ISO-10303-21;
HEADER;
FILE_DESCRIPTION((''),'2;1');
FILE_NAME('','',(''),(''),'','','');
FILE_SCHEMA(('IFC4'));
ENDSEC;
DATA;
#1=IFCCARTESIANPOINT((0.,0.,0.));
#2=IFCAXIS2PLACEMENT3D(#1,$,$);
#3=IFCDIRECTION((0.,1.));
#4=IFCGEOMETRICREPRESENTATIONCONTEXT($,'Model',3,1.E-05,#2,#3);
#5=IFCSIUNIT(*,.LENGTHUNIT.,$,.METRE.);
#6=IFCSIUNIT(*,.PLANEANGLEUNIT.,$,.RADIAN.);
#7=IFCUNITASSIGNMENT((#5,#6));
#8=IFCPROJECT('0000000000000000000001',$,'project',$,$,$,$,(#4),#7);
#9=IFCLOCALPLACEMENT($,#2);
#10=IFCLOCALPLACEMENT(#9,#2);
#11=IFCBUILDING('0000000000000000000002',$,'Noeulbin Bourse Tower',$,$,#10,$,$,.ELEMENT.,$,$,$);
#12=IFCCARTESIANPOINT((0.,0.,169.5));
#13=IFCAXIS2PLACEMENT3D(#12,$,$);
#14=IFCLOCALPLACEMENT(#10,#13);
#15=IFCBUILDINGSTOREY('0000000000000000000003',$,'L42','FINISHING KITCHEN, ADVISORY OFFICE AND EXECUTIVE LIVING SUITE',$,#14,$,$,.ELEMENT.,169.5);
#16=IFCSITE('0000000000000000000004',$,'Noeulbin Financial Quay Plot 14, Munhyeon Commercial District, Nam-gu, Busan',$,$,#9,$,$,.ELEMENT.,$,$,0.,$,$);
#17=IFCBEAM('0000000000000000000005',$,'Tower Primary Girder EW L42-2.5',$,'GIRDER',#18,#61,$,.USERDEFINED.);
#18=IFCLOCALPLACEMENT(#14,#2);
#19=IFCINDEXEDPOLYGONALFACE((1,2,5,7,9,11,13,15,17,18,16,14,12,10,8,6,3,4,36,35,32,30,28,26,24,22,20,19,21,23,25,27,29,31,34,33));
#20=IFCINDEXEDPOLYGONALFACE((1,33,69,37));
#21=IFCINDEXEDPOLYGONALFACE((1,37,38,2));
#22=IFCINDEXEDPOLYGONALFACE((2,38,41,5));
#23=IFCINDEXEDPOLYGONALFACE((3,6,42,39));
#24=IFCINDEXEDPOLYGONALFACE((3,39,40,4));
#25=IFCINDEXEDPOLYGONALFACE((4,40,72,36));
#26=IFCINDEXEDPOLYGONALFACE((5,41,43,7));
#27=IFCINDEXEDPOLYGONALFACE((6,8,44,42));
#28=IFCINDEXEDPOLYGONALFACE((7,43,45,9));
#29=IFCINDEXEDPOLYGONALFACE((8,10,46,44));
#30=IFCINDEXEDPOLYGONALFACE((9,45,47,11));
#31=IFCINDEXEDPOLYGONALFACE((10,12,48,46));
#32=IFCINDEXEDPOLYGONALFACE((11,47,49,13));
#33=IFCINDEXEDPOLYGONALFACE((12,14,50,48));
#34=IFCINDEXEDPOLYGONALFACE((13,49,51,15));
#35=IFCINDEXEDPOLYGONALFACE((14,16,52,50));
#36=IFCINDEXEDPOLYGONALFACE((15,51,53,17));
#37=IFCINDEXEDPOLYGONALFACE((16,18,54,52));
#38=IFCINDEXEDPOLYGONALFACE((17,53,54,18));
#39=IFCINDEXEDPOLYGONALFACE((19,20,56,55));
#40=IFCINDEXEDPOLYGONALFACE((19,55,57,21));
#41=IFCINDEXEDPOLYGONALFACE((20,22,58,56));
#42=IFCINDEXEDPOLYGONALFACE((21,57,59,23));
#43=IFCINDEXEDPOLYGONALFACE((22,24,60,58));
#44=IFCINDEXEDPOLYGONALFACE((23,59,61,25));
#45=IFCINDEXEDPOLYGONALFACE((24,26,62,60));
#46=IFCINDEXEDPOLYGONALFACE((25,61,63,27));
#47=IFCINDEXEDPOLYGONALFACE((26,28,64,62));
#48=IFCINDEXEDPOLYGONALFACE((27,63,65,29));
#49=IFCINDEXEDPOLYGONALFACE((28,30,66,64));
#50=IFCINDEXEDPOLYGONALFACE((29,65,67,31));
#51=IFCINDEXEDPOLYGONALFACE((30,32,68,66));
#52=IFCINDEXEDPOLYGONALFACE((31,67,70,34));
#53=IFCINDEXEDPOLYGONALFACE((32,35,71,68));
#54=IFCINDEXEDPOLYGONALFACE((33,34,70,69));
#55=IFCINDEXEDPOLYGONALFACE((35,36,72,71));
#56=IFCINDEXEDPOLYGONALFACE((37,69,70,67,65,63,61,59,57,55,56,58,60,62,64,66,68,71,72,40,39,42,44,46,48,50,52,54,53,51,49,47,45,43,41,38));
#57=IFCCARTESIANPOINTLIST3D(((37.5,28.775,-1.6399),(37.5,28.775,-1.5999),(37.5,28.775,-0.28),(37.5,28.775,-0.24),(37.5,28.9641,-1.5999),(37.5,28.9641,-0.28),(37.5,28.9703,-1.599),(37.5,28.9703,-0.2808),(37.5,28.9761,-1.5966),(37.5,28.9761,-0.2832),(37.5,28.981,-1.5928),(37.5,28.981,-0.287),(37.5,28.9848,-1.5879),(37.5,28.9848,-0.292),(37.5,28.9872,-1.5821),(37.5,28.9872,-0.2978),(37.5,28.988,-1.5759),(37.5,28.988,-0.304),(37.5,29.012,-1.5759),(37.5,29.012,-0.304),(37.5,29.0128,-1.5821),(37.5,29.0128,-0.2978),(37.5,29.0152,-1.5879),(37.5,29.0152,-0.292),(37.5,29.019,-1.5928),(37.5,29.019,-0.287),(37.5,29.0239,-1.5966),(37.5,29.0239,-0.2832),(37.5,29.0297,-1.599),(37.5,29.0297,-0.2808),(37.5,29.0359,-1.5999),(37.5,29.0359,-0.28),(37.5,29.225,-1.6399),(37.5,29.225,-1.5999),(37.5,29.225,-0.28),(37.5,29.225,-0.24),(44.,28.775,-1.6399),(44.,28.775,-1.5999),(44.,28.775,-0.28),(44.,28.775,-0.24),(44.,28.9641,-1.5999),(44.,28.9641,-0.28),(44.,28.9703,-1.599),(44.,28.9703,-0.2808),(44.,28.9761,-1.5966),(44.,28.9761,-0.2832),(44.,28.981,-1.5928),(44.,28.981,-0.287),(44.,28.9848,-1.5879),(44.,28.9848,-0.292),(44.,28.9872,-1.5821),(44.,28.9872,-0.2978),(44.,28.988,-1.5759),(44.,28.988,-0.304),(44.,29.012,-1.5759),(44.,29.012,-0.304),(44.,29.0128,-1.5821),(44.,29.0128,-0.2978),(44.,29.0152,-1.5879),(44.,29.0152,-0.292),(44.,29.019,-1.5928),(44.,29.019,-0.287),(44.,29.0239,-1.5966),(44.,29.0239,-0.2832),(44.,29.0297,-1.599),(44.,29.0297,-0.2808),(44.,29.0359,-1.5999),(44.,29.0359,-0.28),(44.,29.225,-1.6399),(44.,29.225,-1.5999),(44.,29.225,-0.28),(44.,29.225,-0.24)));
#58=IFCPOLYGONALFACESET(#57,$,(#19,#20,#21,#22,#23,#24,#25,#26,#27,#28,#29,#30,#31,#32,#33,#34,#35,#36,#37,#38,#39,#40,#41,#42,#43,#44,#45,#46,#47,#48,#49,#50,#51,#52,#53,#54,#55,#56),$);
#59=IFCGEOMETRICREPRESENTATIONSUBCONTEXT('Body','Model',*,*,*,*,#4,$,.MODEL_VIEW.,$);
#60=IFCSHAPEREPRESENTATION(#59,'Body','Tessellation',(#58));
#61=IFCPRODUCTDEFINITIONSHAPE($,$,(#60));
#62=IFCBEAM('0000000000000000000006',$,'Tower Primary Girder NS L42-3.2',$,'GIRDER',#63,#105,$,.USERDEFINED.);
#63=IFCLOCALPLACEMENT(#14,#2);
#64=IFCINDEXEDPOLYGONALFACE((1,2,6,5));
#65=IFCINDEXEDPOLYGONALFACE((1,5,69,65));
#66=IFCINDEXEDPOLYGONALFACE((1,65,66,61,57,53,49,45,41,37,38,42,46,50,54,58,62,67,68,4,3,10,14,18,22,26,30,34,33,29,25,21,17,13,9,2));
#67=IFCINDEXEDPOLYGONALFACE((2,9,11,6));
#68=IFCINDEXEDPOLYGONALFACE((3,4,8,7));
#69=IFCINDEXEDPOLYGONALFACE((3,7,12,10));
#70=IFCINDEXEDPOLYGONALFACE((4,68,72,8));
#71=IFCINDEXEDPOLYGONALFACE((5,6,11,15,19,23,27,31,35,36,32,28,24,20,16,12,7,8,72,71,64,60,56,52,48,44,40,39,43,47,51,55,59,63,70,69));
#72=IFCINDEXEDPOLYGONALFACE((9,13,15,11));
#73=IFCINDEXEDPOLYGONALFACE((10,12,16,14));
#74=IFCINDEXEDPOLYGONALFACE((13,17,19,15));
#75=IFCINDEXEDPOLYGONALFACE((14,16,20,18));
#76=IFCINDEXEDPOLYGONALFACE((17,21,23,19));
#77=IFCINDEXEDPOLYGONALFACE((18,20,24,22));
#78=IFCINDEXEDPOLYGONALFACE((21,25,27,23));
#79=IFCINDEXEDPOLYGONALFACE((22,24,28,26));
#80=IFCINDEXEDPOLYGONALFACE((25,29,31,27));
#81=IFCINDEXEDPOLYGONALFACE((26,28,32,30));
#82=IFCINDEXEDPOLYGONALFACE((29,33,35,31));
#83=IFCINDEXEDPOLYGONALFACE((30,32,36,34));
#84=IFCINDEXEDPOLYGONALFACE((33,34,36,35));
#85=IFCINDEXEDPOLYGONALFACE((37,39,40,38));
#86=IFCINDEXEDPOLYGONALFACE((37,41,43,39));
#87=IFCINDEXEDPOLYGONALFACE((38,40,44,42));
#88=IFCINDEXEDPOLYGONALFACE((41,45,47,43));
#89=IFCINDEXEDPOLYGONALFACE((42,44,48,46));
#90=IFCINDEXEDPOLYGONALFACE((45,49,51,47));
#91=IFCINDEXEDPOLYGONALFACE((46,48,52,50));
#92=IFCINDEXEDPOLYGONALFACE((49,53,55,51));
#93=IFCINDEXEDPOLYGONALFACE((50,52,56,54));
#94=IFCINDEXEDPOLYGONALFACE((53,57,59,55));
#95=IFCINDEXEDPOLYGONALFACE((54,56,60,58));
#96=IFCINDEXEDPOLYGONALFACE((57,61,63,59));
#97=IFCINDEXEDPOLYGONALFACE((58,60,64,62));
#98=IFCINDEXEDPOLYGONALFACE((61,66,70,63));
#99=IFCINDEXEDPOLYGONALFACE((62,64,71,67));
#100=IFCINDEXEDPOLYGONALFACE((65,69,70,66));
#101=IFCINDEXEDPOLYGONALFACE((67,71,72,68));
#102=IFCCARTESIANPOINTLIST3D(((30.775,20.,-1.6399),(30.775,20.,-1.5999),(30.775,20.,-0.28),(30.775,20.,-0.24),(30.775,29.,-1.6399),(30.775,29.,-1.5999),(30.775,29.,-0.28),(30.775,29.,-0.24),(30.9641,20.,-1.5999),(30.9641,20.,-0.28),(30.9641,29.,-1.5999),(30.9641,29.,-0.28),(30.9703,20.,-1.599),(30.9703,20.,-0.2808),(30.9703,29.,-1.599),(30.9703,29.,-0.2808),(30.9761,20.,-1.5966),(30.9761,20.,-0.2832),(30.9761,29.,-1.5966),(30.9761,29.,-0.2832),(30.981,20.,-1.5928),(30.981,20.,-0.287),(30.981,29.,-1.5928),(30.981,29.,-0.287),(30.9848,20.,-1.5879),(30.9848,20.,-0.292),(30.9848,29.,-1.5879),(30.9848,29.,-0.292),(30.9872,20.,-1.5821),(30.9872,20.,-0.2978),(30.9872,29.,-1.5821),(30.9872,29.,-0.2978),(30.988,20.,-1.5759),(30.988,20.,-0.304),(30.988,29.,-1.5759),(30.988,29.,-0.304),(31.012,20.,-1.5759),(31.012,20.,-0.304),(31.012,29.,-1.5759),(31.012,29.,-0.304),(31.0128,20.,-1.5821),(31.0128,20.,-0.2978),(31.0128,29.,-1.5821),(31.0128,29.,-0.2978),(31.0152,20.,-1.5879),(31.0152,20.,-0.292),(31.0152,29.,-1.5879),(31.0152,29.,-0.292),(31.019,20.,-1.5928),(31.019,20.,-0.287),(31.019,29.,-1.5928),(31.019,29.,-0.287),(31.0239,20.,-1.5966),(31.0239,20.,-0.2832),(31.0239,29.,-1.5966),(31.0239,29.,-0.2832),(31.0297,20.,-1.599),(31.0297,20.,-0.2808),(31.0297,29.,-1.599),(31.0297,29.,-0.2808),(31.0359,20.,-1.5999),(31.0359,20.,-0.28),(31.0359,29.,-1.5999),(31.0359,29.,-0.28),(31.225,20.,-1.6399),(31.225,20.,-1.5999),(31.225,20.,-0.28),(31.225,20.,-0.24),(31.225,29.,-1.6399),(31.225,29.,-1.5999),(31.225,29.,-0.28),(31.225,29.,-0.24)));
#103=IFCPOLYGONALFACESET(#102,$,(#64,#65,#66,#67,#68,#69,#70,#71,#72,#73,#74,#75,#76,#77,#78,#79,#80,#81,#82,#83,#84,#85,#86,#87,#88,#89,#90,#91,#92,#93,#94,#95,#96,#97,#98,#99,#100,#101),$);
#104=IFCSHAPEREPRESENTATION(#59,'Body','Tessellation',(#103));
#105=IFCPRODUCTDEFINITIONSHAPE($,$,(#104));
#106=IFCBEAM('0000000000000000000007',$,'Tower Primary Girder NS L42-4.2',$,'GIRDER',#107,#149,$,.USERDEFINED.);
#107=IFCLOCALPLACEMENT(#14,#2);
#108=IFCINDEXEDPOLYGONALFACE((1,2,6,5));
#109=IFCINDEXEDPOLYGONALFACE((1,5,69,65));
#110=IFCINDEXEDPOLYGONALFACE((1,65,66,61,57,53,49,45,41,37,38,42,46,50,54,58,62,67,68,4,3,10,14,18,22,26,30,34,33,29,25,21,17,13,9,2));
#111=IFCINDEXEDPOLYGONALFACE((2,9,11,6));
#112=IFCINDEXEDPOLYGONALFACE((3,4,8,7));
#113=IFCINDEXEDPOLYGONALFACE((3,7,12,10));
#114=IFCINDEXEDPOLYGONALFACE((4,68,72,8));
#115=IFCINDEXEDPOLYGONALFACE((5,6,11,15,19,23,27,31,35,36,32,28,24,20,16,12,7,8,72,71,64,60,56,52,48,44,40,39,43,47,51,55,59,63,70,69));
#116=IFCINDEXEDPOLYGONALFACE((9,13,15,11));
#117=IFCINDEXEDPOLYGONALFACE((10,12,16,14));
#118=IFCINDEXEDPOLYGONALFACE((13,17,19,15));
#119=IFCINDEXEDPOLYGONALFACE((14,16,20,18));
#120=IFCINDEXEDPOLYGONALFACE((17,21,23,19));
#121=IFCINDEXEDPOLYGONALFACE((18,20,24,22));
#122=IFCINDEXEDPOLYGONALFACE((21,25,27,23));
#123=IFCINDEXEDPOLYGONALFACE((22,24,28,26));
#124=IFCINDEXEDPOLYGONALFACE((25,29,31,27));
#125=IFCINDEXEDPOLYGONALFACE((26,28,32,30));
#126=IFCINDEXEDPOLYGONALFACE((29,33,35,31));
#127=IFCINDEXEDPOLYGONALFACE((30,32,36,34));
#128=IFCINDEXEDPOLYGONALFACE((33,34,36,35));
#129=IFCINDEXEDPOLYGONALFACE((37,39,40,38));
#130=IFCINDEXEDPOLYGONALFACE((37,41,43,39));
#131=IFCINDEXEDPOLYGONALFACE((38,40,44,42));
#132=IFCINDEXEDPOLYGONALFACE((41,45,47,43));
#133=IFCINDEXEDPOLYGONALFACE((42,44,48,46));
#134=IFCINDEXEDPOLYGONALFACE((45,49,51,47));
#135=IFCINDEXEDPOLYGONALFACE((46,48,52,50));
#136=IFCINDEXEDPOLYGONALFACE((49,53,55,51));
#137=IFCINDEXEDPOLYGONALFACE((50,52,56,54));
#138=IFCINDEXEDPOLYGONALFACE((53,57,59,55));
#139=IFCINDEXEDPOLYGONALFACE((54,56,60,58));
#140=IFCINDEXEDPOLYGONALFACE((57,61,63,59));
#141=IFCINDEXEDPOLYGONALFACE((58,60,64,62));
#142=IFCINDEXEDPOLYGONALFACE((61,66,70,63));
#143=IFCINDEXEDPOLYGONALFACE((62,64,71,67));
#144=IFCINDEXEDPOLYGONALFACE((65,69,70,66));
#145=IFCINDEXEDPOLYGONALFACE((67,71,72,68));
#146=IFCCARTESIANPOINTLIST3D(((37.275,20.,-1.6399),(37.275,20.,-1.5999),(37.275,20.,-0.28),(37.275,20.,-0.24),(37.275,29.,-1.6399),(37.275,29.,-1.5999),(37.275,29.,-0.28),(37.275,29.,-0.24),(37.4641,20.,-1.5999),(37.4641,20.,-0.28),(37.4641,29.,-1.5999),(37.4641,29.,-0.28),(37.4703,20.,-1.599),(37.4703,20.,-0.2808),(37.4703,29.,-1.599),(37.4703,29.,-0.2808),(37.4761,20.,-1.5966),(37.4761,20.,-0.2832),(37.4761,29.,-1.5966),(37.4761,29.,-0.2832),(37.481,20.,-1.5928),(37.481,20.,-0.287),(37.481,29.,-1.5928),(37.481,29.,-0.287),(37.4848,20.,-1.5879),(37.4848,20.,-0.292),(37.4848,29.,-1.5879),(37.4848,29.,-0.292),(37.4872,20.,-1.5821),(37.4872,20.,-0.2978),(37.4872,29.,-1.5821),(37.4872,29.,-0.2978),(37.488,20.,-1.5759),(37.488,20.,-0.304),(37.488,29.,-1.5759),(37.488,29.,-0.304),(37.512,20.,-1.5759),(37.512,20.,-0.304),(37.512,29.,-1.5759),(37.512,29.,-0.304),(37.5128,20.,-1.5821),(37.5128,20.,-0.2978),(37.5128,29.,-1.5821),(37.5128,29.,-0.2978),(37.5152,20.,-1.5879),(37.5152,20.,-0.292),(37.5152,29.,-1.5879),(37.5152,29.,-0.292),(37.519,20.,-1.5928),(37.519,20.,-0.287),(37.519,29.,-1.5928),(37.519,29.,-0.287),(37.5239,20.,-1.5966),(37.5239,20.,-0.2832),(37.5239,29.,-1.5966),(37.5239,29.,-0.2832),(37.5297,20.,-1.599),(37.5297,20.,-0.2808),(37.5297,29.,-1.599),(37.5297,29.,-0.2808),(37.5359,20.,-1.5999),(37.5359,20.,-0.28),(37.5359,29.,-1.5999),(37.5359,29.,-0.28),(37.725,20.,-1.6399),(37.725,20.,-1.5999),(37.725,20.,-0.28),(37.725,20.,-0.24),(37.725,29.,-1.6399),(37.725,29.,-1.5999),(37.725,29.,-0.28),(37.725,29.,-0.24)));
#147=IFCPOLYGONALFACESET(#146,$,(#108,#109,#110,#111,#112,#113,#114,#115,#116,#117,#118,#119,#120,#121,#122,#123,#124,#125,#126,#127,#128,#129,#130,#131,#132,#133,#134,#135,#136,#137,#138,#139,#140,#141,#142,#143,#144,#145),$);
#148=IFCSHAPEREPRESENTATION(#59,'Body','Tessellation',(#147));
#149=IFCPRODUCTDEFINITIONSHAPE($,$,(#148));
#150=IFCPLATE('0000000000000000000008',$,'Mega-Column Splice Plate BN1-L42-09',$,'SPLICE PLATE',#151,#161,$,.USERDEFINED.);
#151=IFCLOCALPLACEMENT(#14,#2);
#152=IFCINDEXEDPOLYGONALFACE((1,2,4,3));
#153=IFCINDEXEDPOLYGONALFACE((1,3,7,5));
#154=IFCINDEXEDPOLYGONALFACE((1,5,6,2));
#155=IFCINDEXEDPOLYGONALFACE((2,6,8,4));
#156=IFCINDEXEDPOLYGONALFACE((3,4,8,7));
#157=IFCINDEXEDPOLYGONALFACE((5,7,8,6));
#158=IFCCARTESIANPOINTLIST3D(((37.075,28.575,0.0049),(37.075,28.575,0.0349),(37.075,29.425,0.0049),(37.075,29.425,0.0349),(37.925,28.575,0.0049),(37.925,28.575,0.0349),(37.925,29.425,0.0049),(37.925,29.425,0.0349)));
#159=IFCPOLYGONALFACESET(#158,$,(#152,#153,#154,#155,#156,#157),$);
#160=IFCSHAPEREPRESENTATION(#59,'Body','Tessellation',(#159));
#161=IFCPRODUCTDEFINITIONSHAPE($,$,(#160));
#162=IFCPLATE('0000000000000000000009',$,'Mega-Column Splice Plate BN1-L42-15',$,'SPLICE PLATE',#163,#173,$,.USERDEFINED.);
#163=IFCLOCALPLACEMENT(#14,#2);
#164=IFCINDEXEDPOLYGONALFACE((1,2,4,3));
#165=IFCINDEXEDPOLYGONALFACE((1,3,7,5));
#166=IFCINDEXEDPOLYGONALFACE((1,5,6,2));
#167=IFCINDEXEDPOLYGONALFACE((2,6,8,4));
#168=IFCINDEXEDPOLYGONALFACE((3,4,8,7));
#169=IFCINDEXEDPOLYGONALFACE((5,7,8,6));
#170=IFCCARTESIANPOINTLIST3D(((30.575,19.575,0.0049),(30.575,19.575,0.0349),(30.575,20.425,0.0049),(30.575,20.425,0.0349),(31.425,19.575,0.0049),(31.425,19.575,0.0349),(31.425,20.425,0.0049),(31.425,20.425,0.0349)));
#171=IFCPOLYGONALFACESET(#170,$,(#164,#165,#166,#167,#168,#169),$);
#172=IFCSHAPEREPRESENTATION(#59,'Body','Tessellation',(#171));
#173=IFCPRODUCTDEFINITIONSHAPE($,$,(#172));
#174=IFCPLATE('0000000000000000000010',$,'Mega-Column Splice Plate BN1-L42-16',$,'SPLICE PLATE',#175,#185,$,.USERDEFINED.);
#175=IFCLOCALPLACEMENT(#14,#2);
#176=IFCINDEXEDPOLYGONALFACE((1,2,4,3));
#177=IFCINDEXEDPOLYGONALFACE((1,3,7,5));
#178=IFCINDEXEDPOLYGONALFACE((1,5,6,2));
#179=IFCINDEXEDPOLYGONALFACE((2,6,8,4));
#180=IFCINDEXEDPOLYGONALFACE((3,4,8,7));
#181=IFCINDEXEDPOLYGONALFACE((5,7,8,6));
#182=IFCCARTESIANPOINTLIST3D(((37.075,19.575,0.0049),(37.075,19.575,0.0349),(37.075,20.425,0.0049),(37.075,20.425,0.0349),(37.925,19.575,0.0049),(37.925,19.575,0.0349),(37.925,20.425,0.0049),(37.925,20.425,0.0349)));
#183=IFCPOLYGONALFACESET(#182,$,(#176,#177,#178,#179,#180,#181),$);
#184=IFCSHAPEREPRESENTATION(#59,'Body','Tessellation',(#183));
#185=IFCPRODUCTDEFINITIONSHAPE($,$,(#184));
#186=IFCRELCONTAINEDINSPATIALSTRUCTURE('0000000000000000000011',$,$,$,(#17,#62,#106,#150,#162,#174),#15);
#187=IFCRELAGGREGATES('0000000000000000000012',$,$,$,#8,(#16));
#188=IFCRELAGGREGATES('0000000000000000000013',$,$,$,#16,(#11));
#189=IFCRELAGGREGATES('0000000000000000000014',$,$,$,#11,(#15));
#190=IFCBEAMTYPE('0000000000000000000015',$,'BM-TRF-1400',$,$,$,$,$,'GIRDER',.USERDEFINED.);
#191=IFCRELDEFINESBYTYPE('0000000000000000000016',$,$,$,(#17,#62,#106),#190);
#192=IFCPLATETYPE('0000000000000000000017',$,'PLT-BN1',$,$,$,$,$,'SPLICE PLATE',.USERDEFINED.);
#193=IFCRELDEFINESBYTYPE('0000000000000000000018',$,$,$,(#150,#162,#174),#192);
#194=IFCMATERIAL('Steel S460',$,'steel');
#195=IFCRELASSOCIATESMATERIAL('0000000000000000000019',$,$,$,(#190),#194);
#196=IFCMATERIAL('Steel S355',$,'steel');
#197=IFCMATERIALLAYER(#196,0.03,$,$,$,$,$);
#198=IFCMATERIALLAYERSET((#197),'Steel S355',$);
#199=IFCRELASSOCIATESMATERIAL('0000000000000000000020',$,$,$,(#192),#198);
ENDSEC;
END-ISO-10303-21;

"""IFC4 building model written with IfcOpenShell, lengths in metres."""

from ifc_helpers import new_model, si_unit, direction, frame, origin, origin_2d, place, context, subcontext, project, spatial, rectangle, i_section, extrude, material, layer, layer_set, material_profile, profile_set, type_object, element, save


model = new_model("IFC4")

# Units and contexts
model_context = context("Model", 3, precision=1e-05, world=origin(), true_north=direction((0.0, 1.0)))
body_context = subcontext(model_context, "Body", "Model", "MODEL_VIEW")
ifc_project = project(units=[si_unit("LENGTHUNIT", "METRE"), si_unit("PLANEANGLEUNIT", "RADIAN")], contexts=[model_context])

# Site, building, storey
site_placement = place(None, origin())
site = spatial("IfcSite", under=ifc_project, at=site_placement, Name="Noeulbin Financial Quay Plot 14, Munhyeon Commercial District, Nam-gu, Busan", CompositionType="ELEMENT", RefElevation=0.0)
building_placement = place(site_placement, origin())
building = spatial("IfcBuilding", under=site, at=building_placement, Name="Noeulbin Bourse Tower", CompositionType="ELEMENT")
storey_placement = place(building_placement, frame((0.0, 0.0, 169.5)))
storey = spatial("IfcBuildingStorey", under=building, at=storey_placement, Name="L42", Description="FINISHING KITCHEN, ADVISORY OFFICE AND EXECUTIVE LIVING SUITE", CompositionType="ELEMENT", Elevation=169.5)

# Shared definitions
ifc_material_1 = material(Name="Steel S460", Category="steel")

# Beams
ifc_material_2 = material(Name="Steel S355", Category="steel")
ifc_material_profile_1 = material_profile(ifc_material_1, i_section(OverallWidth=0.45, OverallDepth=1.3999, WebThickness=0.0239, FlangeThickness=0.04, FilletRadius=0.0239, at=origin_2d()), Name="PG-1400x450x24x40", Category="LoadBearing")
ifc_profile_set_1 = profile_set([ifc_material_profile_1], Name="Steel S460")
beam_type_1 = type_object("IfcBeamType", Name="BM-TRF-1400", ElementType="GIRDER", PredefinedType="USERDEFINED", material=ifc_profile_set_1)
for number, where, z_axis, x_axis, name in (
    (1, (37.5, 29.0, -0.9399), (1.0, 0.0, 0.0), (0.0, 1.0, 0.0), "Tower Primary Girder EW L42-2.5"),
):
    element("IfcBeam", number, at=place(storey_placement, frame(where, z_axis=z_axis, x_axis=x_axis)), inside=storey, type_object=beam_type_1, Name=name, ObjectType="GIRDER", PredefinedType="USERDEFINED", context=body_context, shape_type="SweptSolid", body=[
        extrude(i_section(OverallWidth=0.45, OverallDepth=1.3999, WebThickness=0.0239, FlangeThickness=0.04, FilletRadius=0.0239, at=origin_2d()), origin(), (0.0, 0.0, 1.0), 6.5),
    ])
for number, where, z_axis, x_axis, name in (
    (2, (31.0, 20.0, -0.9399), (0.0, 1.0, 0.0), (-1.0, 0.0, 0.0), "Tower Primary Girder NS L42-3.2"),
    (3, (37.5, 20.0, -0.9399), (0.0, 1.0, 0.0), (-1.0, 0.0, 0.0), "Tower Primary Girder NS L42-4.2"),
):
    element("IfcBeam", number, at=place(storey_placement, frame(where, z_axis=z_axis, x_axis=x_axis)), inside=storey, type_object=beam_type_1, Name=name, ObjectType="GIRDER", PredefinedType="USERDEFINED", context=body_context, shape_type="SweptSolid", body=[
        extrude(i_section(OverallWidth=0.45, OverallDepth=1.3999, WebThickness=0.0239, FlangeThickness=0.04, FilletRadius=0.0239, at=origin_2d()), origin(), (0.0, 0.0, 1.0), 9.0),
    ])

# Plates
ifc_layer = layer(ifc_material_2, 0.03)
ifc_layer_set = layer_set([ifc_layer], Name="Steel S355")
plate_type = type_object("IfcPlateType", Name="PLT-BN1", ElementType="SPLICE PLATE", PredefinedType="USERDEFINED", material=ifc_layer_set)
for number, where, z_axis, x_axis, name in (
    (4, (37.5, 29.0, 0.0049), (0.0, 0.0, 1.0), (1.0, 0.0, 0.0), "Mega-Column Splice Plate BN1-L42-09"),
    (5, (31.0, 20.0, 0.0049), (0.0, 0.0, 1.0), (1.0, 0.0, 0.0), "Mega-Column Splice Plate BN1-L42-15"),
    (6, (37.5, 20.0, 0.0049), (0.0, 0.0, 1.0), (1.0, 0.0, 0.0), "Mega-Column Splice Plate BN1-L42-16"),
):
    element("IfcPlate", number, at=place(storey_placement, frame(where, z_axis=z_axis, x_axis=x_axis)), inside=storey, type_object=plate_type, Name=name, ObjectType="SPLICE PLATE", PredefinedType="USERDEFINED", context=body_context, shape_type="SweptSolid", body=[
        extrude(rectangle(XDim=0.8501, YDim=0.8501, at=origin_2d()), origin(), (0.0, 0.0, 1.0), 0.03),
    ])

save(model, "model.ifc")
